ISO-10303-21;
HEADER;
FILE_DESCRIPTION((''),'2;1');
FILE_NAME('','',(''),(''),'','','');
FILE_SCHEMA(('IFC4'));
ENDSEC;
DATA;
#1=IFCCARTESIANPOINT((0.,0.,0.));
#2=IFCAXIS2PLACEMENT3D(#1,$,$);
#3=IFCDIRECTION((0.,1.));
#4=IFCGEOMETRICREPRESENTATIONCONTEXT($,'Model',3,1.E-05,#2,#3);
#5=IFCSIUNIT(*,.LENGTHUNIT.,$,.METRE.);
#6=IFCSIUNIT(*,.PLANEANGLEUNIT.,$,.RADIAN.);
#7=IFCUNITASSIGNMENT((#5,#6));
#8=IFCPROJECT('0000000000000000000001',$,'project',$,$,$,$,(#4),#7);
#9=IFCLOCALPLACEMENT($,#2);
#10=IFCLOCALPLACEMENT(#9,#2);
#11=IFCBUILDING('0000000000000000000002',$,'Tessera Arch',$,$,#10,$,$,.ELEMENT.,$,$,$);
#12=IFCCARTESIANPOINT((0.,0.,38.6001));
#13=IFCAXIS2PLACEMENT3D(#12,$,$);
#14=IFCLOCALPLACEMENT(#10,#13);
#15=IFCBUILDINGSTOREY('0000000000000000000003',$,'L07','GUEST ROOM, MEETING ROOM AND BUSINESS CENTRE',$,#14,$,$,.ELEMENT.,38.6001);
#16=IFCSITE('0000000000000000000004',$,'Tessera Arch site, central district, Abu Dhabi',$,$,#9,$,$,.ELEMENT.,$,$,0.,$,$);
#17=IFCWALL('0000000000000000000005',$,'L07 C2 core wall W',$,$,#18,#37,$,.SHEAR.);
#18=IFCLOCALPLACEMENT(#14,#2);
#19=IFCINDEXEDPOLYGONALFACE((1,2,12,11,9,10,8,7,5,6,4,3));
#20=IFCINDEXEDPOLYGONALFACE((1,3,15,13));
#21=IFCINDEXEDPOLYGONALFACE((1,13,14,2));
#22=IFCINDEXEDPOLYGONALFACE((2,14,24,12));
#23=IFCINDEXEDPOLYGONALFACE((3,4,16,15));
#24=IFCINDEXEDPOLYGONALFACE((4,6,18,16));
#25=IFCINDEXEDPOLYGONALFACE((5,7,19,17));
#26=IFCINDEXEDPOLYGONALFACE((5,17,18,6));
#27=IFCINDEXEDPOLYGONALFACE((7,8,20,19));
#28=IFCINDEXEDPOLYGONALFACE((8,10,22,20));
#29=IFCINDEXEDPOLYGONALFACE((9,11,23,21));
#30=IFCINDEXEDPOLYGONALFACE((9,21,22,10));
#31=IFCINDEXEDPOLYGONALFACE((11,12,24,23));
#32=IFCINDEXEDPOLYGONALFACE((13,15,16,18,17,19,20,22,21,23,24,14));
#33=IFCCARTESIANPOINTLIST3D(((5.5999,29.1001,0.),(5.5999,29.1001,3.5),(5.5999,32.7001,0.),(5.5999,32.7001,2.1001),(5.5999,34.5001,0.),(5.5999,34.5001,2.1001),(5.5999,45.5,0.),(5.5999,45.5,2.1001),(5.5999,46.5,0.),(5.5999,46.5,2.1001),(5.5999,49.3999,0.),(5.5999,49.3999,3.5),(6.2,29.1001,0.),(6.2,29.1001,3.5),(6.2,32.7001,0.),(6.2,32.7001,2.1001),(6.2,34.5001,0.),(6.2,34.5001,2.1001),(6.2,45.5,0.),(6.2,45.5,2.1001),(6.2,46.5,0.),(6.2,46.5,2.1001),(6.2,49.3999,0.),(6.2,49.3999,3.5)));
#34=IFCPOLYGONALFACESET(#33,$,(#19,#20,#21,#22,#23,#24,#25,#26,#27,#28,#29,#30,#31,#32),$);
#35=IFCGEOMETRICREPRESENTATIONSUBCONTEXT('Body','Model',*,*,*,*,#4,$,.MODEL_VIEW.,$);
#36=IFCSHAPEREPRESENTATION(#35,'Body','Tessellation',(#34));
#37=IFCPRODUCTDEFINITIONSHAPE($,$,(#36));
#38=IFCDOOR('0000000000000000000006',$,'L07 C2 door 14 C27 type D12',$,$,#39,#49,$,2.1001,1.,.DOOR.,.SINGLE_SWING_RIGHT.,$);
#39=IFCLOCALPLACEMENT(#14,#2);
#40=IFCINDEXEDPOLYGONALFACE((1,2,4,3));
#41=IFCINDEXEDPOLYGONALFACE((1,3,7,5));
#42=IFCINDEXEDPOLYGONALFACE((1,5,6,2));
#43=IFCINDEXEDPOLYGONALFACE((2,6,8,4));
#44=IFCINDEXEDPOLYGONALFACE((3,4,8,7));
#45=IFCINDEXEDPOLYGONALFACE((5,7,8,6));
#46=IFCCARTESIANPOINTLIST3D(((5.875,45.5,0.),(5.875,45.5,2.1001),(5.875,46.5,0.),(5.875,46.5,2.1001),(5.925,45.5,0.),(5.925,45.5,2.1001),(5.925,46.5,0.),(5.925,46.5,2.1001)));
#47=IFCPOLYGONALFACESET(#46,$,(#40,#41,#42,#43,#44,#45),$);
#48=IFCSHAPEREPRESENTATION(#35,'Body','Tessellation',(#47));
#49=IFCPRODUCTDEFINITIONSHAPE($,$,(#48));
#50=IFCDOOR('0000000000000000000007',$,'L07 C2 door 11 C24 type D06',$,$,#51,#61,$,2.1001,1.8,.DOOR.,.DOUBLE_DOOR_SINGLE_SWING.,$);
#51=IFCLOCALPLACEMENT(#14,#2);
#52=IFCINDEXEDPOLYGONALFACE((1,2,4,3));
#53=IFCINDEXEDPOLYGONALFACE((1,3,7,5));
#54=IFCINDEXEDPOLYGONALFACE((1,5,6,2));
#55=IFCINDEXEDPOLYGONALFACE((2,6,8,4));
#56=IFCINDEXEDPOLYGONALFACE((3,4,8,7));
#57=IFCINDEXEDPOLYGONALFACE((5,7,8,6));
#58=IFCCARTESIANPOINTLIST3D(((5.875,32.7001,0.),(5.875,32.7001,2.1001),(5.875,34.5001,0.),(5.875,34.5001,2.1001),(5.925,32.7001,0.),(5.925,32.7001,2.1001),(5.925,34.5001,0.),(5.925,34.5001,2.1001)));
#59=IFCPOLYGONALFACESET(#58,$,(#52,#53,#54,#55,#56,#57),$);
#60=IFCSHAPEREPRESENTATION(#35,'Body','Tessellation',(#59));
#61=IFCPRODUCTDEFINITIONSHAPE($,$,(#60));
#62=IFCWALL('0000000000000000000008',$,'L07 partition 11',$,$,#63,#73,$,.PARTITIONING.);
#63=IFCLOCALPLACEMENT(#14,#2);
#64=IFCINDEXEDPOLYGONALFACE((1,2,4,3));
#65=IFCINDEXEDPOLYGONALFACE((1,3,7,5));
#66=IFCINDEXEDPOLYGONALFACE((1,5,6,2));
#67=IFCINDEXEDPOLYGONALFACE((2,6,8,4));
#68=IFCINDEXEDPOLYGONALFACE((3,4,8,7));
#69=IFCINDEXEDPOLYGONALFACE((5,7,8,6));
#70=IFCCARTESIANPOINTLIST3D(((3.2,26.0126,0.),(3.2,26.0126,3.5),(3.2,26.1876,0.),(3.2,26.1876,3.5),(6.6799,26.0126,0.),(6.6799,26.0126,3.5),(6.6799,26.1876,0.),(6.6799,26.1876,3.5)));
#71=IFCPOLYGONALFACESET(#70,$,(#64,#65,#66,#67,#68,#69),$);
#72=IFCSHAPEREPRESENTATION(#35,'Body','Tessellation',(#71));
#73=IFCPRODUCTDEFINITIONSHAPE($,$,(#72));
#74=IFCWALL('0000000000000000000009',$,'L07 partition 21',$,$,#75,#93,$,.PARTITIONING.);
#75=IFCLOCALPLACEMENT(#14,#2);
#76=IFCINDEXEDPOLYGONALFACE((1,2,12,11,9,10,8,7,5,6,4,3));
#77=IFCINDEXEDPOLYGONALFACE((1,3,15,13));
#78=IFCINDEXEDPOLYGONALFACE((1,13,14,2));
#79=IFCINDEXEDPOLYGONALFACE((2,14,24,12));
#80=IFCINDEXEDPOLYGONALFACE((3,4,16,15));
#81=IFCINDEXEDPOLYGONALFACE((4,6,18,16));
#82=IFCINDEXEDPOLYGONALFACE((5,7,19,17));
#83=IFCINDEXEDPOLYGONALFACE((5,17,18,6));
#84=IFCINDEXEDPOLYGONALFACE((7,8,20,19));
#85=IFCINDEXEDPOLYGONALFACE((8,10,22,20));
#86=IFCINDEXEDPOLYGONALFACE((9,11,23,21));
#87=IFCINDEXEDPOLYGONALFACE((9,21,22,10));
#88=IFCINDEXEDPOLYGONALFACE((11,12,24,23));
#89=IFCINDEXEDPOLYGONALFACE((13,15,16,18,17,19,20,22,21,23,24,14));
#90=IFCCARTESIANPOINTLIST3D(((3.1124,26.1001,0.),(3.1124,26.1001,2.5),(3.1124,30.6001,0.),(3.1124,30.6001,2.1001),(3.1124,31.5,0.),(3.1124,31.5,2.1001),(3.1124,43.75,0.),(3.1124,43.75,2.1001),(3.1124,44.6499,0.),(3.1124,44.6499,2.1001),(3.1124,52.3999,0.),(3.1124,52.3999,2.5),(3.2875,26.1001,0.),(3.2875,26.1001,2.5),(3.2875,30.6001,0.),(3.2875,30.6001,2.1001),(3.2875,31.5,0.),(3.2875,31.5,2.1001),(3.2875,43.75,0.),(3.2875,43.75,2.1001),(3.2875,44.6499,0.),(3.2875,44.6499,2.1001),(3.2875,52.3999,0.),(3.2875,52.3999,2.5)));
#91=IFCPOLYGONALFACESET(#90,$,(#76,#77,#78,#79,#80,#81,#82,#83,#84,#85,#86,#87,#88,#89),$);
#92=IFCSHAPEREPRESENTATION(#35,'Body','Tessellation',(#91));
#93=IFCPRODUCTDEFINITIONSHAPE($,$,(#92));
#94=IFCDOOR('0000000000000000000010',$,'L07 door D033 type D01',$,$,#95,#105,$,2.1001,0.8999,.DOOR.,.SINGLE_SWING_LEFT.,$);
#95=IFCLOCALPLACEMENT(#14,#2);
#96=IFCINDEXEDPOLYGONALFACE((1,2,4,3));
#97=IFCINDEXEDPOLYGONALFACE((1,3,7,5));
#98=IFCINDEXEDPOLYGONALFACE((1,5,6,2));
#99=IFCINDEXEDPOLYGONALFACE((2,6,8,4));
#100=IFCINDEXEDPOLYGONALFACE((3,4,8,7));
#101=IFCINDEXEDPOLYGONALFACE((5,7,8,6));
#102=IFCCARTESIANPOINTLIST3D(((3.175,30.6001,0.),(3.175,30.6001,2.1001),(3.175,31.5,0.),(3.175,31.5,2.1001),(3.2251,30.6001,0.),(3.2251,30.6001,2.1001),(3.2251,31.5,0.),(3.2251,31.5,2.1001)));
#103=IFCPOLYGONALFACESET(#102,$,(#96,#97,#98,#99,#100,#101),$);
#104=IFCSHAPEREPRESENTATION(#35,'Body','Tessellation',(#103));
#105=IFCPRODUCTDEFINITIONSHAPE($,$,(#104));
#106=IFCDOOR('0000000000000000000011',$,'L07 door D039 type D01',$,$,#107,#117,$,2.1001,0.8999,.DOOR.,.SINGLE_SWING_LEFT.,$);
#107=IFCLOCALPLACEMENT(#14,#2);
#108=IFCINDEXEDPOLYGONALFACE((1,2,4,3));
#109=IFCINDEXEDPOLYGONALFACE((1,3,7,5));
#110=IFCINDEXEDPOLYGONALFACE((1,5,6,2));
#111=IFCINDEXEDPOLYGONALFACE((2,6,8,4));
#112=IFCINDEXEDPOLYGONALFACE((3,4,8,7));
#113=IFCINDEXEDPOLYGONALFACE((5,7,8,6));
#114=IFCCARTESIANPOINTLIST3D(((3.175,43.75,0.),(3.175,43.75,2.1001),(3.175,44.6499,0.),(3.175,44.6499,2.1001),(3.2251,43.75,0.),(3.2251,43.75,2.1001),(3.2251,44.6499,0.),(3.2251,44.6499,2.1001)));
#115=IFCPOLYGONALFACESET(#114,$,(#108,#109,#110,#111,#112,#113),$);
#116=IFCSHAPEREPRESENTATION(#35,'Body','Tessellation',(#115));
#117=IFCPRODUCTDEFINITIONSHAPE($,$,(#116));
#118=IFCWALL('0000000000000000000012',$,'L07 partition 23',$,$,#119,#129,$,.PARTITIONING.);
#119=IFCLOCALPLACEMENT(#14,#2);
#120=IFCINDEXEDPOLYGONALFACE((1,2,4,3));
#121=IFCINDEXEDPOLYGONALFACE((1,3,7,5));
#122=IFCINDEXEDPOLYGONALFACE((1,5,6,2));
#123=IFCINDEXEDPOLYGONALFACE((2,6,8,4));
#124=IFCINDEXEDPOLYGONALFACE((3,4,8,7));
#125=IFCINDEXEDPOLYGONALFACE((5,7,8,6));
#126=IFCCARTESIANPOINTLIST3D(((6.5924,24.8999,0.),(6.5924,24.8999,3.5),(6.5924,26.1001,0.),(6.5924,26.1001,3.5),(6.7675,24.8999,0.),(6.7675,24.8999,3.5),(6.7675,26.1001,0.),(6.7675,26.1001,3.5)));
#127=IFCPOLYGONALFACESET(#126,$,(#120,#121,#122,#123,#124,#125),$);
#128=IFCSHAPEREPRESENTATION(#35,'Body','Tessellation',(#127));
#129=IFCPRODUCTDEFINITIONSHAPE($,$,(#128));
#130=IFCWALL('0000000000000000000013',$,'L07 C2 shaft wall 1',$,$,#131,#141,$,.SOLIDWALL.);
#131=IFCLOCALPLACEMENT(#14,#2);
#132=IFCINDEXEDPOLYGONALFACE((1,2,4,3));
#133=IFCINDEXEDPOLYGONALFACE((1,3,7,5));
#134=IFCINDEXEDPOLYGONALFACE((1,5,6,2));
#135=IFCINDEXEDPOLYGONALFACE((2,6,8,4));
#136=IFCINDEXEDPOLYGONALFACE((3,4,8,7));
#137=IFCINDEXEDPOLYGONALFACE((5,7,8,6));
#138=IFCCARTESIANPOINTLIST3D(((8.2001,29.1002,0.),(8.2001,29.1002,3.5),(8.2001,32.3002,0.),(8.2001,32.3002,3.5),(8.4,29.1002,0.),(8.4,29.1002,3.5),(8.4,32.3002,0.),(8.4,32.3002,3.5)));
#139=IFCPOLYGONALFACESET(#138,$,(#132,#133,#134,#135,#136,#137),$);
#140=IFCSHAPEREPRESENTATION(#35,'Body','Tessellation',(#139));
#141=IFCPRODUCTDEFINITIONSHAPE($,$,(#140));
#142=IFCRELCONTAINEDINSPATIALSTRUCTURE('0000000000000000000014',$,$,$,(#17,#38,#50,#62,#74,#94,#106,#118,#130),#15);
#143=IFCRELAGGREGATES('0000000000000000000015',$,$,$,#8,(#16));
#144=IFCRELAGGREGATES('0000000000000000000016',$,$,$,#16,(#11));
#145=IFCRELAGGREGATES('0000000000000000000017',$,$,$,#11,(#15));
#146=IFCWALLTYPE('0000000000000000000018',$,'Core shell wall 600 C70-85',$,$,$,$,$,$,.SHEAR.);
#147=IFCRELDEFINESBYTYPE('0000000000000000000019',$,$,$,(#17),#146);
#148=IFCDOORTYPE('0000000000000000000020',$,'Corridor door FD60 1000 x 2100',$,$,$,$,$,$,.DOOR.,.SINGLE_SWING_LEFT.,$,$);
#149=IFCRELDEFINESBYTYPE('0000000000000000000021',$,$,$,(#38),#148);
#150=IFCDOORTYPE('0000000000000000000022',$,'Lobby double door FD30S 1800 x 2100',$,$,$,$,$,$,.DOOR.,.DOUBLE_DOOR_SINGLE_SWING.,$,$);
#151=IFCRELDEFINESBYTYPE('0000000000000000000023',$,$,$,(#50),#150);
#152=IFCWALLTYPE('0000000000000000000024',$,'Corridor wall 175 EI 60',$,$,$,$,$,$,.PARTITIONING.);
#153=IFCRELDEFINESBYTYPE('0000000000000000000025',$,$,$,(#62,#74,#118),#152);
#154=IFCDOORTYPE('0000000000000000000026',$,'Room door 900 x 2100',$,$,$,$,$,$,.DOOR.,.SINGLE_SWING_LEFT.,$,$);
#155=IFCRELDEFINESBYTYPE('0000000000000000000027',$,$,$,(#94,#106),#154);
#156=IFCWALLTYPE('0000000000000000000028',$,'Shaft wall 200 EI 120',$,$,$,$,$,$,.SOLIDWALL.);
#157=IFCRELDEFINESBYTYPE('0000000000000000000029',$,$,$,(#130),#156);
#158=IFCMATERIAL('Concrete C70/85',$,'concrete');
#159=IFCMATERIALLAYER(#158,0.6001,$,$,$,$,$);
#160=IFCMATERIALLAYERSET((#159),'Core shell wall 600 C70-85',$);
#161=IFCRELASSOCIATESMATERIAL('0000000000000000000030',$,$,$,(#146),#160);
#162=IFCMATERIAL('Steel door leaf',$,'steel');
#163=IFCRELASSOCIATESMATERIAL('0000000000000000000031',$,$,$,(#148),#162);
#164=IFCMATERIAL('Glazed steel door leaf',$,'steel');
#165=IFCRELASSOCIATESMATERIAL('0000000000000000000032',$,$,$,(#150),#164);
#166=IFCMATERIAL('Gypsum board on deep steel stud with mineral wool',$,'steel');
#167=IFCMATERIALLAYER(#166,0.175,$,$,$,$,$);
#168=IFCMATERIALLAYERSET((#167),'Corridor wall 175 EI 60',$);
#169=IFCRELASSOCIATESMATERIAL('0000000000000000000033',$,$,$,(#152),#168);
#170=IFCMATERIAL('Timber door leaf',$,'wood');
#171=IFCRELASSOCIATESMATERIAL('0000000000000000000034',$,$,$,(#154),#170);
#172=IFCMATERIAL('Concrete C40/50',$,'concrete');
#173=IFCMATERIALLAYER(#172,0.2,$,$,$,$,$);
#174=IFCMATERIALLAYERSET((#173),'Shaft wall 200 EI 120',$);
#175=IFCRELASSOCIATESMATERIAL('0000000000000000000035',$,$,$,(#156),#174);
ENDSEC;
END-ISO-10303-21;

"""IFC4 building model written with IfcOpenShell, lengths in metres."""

from ifc_helpers import new_model, si_unit, direction, frame, frame_2d, origin, place, context, subcontext, project, spatial, rectangle, extrude, material, layer, layer_set, type_object, element, fill, save


model = new_model("IFC4")

# Units and contexts
model_context = context("Model", 3, precision=1e-05, world=origin(), true_north=direction((0.0, 1.0)))
body_context = subcontext(model_context, "Body", "Model", "MODEL_VIEW")
ifc_project = project(units=[si_unit("LENGTHUNIT", "METRE"), si_unit("PLANEANGLEUNIT", "RADIAN")], contexts=[model_context])

# Site, building, storey
site_placement = place(None, origin())
site = spatial("IfcSite", under=ifc_project, at=site_placement, Name="Tessera Arch site, central district, Abu Dhabi", CompositionType="ELEMENT", RefElevation=0.0)
building_placement = place(site_placement, origin())
building = spatial("IfcBuilding", under=site, at=building_placement, Name="Tessera Arch", CompositionType="ELEMENT")
storey_placement = place(building_placement, frame((0.0, 0.0, 38.6001)))
storey = spatial("IfcBuildingStorey", under=building, at=storey_placement, Name="L07", Description="GUEST ROOM, MEETING ROOM AND BUSINESS CENTRE", CompositionType="ELEMENT", Elevation=38.6001)

# Wall, openings, doors
ifc_material_1 = material(Name="Concrete C70/85", Category="concrete")
ifc_layer_1 = layer(ifc_material_1, 0.6001)
ifc_layer_set_1 = layer_set([ifc_layer_1], Name="Core shell wall 600 C70-85")
wall_type_1 = type_object("IfcWallType", Name="Core shell wall 600 C70-85", PredefinedType="SHEAR", material=ifc_layer_set_1)
wall_1_placement = place(storey_placement, frame((5.8999, 29.1001, 0.0), z_axis=(0.0, 0.0, 1.0), x_axis=(0.0, 1.0, 0.0)))
wall_1 = element("IfcWall", 1, at=wall_1_placement, inside=storey, type_object=wall_type_1, Name="L07 C2 core wall W", PredefinedType="SHEAR", context=body_context, shape_type="SweptSolid", body=[
    extrude(rectangle(XDim=20.2998, YDim=0.6001, at=frame_2d((10.1499, 0.0))), origin(), (0.0, 0.0, 1.0), 3.5),
])
opening_1_placement = place(wall_1_placement, frame((3.6001, 0.0, 0.0)))
opening_1 = element("IfcOpeningElement", 2, at=opening_1_placement, cuts=wall_1, PredefinedType="OPENING", context=body_context, shape_type="SweptSolid", body=[
    extrude(rectangle(XDim=1.8, YDim=2.1001, at=frame_2d((0.8999, 1.05))), frame((0.0, 0.3101, 0.0), z_axis=(0.0, -1.0, 0.0), x_axis=(1.0, 0.0, 0.0)), (0.0, 0.0, 1.0), 0.6201),
])
opening_2_placement = place(wall_1_placement, frame((16.3999, 0.0, 0.0)))
opening_2 = element("IfcOpeningElement", 3, at=opening_2_placement, cuts=wall_1, PredefinedType="OPENING", context=body_context, shape_type="SweptSolid", body=[
    extrude(rectangle(XDim=1.0, YDim=2.1001, at=frame_2d((0.5, 1.05))), frame((0.0, 0.3101, 0.0), z_axis=(0.0, -1.0, 0.0), x_axis=(1.0, 0.0, 0.0)), (0.0, 0.0, 1.0), 0.6201),
])
ifc_material_2 = material(Name="Steel door leaf", Category="steel")
door_type_1 = type_object("IfcDoorType", Name="Corridor door FD60 1000 x 2100", OperationType="SINGLE_SWING_LEFT", PredefinedType="DOOR", material=ifc_material_2)
door_1_placement = place(opening_2_placement, origin())
door_1 = element("IfcDoor", 4, at=door_1_placement, inside=storey, type_object=door_type_1, Name="L07 C2 door 14 C27 type D12", OperationType="SINGLE_SWING_RIGHT", OverallHeight=2.1001, OverallWidth=1.0, PredefinedType="DOOR", context=body_context, shape_type="SweptSolid", body=[
    extrude(rectangle(XDim=1.0, YDim=2.1001, at=frame_2d((0.5, 1.05))), frame((0.0, 0.0249, 0.0), z_axis=(0.0, -1.0, 0.0), x_axis=(1.0, 0.0, 0.0)), (0.0, 0.0, 1.0), 0.05),
])
fill(opening_2, door_1)
ifc_material_3 = material(Name="Glazed steel door leaf", Category="steel")
door_type_2 = type_object("IfcDoorType", Name="Lobby double door FD30S 1800 x 2100", OperationType="DOUBLE_DOOR_SINGLE_SWING", PredefinedType="DOOR", material=ifc_material_3)
door_2_placement = place(opening_1_placement, origin())
door_2 = element("IfcDoor", 5, at=door_2_placement, inside=storey, type_object=door_type_2, Name="L07 C2 door 11 C24 type D06", OperationType="DOUBLE_DOOR_SINGLE_SWING", OverallHeight=2.1001, OverallWidth=1.8, PredefinedType="DOOR", context=body_context, shape_type="SweptSolid", body=[
    extrude(rectangle(XDim=1.8, YDim=2.1001, at=frame_2d((0.8999, 1.05))), frame((0.0, 0.0249, 0.0), z_axis=(0.0, -1.0, 0.0), x_axis=(1.0, 0.0, 0.0)), (0.0, 0.0, 1.0), 0.05),
])
fill(opening_1, door_2)

# Wall
ifc_material_4 = material(Name="Gypsum board on deep steel stud with mineral wool", Category="steel")
ifc_layer_2 = layer(ifc_material_4, 0.175)
ifc_layer_set_2 = layer_set([ifc_layer_2], Name="Corridor wall 175 EI 60")
wall_type_2 = type_object("IfcWallType", Name="Corridor wall 175 EI 60", PredefinedType="PARTITIONING", material=ifc_layer_set_2)
wall_2_placement = place(storey_placement, frame((3.2, 26.1001, 0.0), z_axis=(0.0, 0.0, 1.0), x_axis=(1.0, 0.0, 0.0)))
element("IfcWall", 6, at=wall_2_placement, inside=storey, type_object=wall_type_2, Name="L07 partition 11", PredefinedType="PARTITIONING", context=body_context, shape_type="SweptSolid", body=[
    extrude(rectangle(XDim=3.48, YDim=0.175, at=frame_2d((1.74, 0.0))), origin(), (0.0, 0.0, 1.0), 3.5),
])

# Wall, openings, doors
wall_3_placement = place(storey_placement, frame((3.2, 26.1001, 0.0), z_axis=(0.0, 0.0, 1.0), x_axis=(0.0, 1.0, 0.0)))
wall_3 = element("IfcWall", 7, at=wall_3_placement, inside=storey, type_object=wall_type_2, Name="L07 partition 21", PredefinedType="PARTITIONING", context=body_context, shape_type="SweptSolid", body=[
    extrude(rectangle(XDim=26.2998, YDim=0.175, at=frame_2d((13.1499, 0.0))), origin(), (0.0, 0.0, 1.0), 2.5),
])
opening_3_placement = place(wall_3_placement, frame((4.5, 0.0, 0.0)))
opening_3 = element("IfcOpeningElement", 8, at=opening_3_placement, cuts=wall_3, PredefinedType="OPENING", context=body_context, shape_type="SweptSolid", body=[
    extrude(rectangle(XDim=0.8999, YDim=2.1001, at=frame_2d((0.45, 1.05))), frame((0.0, 0.0974, 0.0), z_axis=(0.0, -1.0, 0.0), x_axis=(1.0, 0.0, 0.0)), (0.0, 0.0, 1.0), 0.1951),
])
opening_4_placement = place(wall_3_placement, frame((17.6499, 0.0, 0.0)))
opening_4 = element("IfcOpeningElement", 9, at=opening_4_placement, cuts=wall_3, PredefinedType="OPENING", context=body_context, shape_type="SweptSolid", body=[
    extrude(rectangle(XDim=0.8999, YDim=2.1001, at=frame_2d((0.45, 1.05))), frame((0.0, 0.0974, 0.0), z_axis=(0.0, -1.0, 0.0), x_axis=(1.0, 0.0, 0.0)), (0.0, 0.0, 1.0), 0.1951),
])
ifc_material_5 = material(Name="Timber door leaf", Category="wood")
door_type_3 = type_object("IfcDoorType", Name="Room door 900 x 2100", OperationType="SINGLE_SWING_LEFT", PredefinedType="DOOR", material=ifc_material_5)
door_3_placement = place(opening_3_placement, origin())
door_3 = element("IfcDoor", 10, at=door_3_placement, inside=storey, type_object=door_type_3, Name="L07 door D033 type D01", OperationType="SINGLE_SWING_LEFT", OverallHeight=2.1001, OverallWidth=0.8999, PredefinedType="DOOR", context=body_context, shape_type="SweptSolid", body=[
    extrude(rectangle(XDim=0.8999, YDim=2.1001, at=frame_2d((0.45, 1.05))), frame((0.0, 0.0249, 0.0), z_axis=(0.0, -1.0, 0.0), x_axis=(1.0, 0.0, 0.0)), (0.0, 0.0, 1.0), 0.05),
])
fill(opening_3, door_3)
door_4_placement = place(opening_4_placement, origin())
door_4 = element("IfcDoor", 11, at=door_4_placement, inside=storey, type_object=door_type_3, Name="L07 door D039 type D01", OperationType="SINGLE_SWING_LEFT", OverallHeight=2.1001, OverallWidth=0.8999, PredefinedType="DOOR", context=body_context, shape_type="SweptSolid", body=[
    extrude(rectangle(XDim=0.8999, YDim=2.1001, at=frame_2d((0.45, 1.05))), frame((0.0, 0.0249, 0.0), z_axis=(0.0, -1.0, 0.0), x_axis=(1.0, 0.0, 0.0)), (0.0, 0.0, 1.0), 0.05),
])
fill(opening_4, door_4)

# Walls
wall_4_placement = place(storey_placement, frame((6.6799, 24.8999, 0.0), z_axis=(0.0, 0.0, 1.0), x_axis=(0.0, 1.0, 0.0)))
element("IfcWall", 12, at=wall_4_placement, inside=storey, type_object=wall_type_2, Name="L07 partition 23", PredefinedType="PARTITIONING", context=body_context, shape_type="SweptSolid", body=[
    extrude(rectangle(XDim=1.2002, YDim=0.175, at=frame_2d((0.6001, 0.0))), origin(), (0.0, 0.0, 1.0), 3.5),
])
ifc_material_6 = material(Name="Concrete C40/50", Category="concrete")
ifc_layer_3 = layer(ifc_material_6, 0.2)
ifc_layer_set_3 = layer_set([ifc_layer_3], Name="Shaft wall 200 EI 120")
wall_type_3 = type_object("IfcWallType", Name="Shaft wall 200 EI 120", PredefinedType="SOLIDWALL", material=ifc_layer_set_3)
wall_5_placement = place(storey_placement, frame((8.3, 29.1001, 0.0), z_axis=(0.0, 0.0, 1.0), x_axis=(0.0, 1.0, 0.0)))
element("IfcWall", 13, at=wall_5_placement, inside=storey, type_object=wall_type_3, Name="L07 C2 shaft wall 1", PredefinedType="SOLIDWALL", context=body_context, shape_type="SweptSolid", body=[
    extrude(rectangle(XDim=3.2, YDim=0.2, at=frame_2d((1.6001, 0.0))), origin(), (0.0, 0.0, 1.0), 3.5),
])

save(model, "model.ifc")
